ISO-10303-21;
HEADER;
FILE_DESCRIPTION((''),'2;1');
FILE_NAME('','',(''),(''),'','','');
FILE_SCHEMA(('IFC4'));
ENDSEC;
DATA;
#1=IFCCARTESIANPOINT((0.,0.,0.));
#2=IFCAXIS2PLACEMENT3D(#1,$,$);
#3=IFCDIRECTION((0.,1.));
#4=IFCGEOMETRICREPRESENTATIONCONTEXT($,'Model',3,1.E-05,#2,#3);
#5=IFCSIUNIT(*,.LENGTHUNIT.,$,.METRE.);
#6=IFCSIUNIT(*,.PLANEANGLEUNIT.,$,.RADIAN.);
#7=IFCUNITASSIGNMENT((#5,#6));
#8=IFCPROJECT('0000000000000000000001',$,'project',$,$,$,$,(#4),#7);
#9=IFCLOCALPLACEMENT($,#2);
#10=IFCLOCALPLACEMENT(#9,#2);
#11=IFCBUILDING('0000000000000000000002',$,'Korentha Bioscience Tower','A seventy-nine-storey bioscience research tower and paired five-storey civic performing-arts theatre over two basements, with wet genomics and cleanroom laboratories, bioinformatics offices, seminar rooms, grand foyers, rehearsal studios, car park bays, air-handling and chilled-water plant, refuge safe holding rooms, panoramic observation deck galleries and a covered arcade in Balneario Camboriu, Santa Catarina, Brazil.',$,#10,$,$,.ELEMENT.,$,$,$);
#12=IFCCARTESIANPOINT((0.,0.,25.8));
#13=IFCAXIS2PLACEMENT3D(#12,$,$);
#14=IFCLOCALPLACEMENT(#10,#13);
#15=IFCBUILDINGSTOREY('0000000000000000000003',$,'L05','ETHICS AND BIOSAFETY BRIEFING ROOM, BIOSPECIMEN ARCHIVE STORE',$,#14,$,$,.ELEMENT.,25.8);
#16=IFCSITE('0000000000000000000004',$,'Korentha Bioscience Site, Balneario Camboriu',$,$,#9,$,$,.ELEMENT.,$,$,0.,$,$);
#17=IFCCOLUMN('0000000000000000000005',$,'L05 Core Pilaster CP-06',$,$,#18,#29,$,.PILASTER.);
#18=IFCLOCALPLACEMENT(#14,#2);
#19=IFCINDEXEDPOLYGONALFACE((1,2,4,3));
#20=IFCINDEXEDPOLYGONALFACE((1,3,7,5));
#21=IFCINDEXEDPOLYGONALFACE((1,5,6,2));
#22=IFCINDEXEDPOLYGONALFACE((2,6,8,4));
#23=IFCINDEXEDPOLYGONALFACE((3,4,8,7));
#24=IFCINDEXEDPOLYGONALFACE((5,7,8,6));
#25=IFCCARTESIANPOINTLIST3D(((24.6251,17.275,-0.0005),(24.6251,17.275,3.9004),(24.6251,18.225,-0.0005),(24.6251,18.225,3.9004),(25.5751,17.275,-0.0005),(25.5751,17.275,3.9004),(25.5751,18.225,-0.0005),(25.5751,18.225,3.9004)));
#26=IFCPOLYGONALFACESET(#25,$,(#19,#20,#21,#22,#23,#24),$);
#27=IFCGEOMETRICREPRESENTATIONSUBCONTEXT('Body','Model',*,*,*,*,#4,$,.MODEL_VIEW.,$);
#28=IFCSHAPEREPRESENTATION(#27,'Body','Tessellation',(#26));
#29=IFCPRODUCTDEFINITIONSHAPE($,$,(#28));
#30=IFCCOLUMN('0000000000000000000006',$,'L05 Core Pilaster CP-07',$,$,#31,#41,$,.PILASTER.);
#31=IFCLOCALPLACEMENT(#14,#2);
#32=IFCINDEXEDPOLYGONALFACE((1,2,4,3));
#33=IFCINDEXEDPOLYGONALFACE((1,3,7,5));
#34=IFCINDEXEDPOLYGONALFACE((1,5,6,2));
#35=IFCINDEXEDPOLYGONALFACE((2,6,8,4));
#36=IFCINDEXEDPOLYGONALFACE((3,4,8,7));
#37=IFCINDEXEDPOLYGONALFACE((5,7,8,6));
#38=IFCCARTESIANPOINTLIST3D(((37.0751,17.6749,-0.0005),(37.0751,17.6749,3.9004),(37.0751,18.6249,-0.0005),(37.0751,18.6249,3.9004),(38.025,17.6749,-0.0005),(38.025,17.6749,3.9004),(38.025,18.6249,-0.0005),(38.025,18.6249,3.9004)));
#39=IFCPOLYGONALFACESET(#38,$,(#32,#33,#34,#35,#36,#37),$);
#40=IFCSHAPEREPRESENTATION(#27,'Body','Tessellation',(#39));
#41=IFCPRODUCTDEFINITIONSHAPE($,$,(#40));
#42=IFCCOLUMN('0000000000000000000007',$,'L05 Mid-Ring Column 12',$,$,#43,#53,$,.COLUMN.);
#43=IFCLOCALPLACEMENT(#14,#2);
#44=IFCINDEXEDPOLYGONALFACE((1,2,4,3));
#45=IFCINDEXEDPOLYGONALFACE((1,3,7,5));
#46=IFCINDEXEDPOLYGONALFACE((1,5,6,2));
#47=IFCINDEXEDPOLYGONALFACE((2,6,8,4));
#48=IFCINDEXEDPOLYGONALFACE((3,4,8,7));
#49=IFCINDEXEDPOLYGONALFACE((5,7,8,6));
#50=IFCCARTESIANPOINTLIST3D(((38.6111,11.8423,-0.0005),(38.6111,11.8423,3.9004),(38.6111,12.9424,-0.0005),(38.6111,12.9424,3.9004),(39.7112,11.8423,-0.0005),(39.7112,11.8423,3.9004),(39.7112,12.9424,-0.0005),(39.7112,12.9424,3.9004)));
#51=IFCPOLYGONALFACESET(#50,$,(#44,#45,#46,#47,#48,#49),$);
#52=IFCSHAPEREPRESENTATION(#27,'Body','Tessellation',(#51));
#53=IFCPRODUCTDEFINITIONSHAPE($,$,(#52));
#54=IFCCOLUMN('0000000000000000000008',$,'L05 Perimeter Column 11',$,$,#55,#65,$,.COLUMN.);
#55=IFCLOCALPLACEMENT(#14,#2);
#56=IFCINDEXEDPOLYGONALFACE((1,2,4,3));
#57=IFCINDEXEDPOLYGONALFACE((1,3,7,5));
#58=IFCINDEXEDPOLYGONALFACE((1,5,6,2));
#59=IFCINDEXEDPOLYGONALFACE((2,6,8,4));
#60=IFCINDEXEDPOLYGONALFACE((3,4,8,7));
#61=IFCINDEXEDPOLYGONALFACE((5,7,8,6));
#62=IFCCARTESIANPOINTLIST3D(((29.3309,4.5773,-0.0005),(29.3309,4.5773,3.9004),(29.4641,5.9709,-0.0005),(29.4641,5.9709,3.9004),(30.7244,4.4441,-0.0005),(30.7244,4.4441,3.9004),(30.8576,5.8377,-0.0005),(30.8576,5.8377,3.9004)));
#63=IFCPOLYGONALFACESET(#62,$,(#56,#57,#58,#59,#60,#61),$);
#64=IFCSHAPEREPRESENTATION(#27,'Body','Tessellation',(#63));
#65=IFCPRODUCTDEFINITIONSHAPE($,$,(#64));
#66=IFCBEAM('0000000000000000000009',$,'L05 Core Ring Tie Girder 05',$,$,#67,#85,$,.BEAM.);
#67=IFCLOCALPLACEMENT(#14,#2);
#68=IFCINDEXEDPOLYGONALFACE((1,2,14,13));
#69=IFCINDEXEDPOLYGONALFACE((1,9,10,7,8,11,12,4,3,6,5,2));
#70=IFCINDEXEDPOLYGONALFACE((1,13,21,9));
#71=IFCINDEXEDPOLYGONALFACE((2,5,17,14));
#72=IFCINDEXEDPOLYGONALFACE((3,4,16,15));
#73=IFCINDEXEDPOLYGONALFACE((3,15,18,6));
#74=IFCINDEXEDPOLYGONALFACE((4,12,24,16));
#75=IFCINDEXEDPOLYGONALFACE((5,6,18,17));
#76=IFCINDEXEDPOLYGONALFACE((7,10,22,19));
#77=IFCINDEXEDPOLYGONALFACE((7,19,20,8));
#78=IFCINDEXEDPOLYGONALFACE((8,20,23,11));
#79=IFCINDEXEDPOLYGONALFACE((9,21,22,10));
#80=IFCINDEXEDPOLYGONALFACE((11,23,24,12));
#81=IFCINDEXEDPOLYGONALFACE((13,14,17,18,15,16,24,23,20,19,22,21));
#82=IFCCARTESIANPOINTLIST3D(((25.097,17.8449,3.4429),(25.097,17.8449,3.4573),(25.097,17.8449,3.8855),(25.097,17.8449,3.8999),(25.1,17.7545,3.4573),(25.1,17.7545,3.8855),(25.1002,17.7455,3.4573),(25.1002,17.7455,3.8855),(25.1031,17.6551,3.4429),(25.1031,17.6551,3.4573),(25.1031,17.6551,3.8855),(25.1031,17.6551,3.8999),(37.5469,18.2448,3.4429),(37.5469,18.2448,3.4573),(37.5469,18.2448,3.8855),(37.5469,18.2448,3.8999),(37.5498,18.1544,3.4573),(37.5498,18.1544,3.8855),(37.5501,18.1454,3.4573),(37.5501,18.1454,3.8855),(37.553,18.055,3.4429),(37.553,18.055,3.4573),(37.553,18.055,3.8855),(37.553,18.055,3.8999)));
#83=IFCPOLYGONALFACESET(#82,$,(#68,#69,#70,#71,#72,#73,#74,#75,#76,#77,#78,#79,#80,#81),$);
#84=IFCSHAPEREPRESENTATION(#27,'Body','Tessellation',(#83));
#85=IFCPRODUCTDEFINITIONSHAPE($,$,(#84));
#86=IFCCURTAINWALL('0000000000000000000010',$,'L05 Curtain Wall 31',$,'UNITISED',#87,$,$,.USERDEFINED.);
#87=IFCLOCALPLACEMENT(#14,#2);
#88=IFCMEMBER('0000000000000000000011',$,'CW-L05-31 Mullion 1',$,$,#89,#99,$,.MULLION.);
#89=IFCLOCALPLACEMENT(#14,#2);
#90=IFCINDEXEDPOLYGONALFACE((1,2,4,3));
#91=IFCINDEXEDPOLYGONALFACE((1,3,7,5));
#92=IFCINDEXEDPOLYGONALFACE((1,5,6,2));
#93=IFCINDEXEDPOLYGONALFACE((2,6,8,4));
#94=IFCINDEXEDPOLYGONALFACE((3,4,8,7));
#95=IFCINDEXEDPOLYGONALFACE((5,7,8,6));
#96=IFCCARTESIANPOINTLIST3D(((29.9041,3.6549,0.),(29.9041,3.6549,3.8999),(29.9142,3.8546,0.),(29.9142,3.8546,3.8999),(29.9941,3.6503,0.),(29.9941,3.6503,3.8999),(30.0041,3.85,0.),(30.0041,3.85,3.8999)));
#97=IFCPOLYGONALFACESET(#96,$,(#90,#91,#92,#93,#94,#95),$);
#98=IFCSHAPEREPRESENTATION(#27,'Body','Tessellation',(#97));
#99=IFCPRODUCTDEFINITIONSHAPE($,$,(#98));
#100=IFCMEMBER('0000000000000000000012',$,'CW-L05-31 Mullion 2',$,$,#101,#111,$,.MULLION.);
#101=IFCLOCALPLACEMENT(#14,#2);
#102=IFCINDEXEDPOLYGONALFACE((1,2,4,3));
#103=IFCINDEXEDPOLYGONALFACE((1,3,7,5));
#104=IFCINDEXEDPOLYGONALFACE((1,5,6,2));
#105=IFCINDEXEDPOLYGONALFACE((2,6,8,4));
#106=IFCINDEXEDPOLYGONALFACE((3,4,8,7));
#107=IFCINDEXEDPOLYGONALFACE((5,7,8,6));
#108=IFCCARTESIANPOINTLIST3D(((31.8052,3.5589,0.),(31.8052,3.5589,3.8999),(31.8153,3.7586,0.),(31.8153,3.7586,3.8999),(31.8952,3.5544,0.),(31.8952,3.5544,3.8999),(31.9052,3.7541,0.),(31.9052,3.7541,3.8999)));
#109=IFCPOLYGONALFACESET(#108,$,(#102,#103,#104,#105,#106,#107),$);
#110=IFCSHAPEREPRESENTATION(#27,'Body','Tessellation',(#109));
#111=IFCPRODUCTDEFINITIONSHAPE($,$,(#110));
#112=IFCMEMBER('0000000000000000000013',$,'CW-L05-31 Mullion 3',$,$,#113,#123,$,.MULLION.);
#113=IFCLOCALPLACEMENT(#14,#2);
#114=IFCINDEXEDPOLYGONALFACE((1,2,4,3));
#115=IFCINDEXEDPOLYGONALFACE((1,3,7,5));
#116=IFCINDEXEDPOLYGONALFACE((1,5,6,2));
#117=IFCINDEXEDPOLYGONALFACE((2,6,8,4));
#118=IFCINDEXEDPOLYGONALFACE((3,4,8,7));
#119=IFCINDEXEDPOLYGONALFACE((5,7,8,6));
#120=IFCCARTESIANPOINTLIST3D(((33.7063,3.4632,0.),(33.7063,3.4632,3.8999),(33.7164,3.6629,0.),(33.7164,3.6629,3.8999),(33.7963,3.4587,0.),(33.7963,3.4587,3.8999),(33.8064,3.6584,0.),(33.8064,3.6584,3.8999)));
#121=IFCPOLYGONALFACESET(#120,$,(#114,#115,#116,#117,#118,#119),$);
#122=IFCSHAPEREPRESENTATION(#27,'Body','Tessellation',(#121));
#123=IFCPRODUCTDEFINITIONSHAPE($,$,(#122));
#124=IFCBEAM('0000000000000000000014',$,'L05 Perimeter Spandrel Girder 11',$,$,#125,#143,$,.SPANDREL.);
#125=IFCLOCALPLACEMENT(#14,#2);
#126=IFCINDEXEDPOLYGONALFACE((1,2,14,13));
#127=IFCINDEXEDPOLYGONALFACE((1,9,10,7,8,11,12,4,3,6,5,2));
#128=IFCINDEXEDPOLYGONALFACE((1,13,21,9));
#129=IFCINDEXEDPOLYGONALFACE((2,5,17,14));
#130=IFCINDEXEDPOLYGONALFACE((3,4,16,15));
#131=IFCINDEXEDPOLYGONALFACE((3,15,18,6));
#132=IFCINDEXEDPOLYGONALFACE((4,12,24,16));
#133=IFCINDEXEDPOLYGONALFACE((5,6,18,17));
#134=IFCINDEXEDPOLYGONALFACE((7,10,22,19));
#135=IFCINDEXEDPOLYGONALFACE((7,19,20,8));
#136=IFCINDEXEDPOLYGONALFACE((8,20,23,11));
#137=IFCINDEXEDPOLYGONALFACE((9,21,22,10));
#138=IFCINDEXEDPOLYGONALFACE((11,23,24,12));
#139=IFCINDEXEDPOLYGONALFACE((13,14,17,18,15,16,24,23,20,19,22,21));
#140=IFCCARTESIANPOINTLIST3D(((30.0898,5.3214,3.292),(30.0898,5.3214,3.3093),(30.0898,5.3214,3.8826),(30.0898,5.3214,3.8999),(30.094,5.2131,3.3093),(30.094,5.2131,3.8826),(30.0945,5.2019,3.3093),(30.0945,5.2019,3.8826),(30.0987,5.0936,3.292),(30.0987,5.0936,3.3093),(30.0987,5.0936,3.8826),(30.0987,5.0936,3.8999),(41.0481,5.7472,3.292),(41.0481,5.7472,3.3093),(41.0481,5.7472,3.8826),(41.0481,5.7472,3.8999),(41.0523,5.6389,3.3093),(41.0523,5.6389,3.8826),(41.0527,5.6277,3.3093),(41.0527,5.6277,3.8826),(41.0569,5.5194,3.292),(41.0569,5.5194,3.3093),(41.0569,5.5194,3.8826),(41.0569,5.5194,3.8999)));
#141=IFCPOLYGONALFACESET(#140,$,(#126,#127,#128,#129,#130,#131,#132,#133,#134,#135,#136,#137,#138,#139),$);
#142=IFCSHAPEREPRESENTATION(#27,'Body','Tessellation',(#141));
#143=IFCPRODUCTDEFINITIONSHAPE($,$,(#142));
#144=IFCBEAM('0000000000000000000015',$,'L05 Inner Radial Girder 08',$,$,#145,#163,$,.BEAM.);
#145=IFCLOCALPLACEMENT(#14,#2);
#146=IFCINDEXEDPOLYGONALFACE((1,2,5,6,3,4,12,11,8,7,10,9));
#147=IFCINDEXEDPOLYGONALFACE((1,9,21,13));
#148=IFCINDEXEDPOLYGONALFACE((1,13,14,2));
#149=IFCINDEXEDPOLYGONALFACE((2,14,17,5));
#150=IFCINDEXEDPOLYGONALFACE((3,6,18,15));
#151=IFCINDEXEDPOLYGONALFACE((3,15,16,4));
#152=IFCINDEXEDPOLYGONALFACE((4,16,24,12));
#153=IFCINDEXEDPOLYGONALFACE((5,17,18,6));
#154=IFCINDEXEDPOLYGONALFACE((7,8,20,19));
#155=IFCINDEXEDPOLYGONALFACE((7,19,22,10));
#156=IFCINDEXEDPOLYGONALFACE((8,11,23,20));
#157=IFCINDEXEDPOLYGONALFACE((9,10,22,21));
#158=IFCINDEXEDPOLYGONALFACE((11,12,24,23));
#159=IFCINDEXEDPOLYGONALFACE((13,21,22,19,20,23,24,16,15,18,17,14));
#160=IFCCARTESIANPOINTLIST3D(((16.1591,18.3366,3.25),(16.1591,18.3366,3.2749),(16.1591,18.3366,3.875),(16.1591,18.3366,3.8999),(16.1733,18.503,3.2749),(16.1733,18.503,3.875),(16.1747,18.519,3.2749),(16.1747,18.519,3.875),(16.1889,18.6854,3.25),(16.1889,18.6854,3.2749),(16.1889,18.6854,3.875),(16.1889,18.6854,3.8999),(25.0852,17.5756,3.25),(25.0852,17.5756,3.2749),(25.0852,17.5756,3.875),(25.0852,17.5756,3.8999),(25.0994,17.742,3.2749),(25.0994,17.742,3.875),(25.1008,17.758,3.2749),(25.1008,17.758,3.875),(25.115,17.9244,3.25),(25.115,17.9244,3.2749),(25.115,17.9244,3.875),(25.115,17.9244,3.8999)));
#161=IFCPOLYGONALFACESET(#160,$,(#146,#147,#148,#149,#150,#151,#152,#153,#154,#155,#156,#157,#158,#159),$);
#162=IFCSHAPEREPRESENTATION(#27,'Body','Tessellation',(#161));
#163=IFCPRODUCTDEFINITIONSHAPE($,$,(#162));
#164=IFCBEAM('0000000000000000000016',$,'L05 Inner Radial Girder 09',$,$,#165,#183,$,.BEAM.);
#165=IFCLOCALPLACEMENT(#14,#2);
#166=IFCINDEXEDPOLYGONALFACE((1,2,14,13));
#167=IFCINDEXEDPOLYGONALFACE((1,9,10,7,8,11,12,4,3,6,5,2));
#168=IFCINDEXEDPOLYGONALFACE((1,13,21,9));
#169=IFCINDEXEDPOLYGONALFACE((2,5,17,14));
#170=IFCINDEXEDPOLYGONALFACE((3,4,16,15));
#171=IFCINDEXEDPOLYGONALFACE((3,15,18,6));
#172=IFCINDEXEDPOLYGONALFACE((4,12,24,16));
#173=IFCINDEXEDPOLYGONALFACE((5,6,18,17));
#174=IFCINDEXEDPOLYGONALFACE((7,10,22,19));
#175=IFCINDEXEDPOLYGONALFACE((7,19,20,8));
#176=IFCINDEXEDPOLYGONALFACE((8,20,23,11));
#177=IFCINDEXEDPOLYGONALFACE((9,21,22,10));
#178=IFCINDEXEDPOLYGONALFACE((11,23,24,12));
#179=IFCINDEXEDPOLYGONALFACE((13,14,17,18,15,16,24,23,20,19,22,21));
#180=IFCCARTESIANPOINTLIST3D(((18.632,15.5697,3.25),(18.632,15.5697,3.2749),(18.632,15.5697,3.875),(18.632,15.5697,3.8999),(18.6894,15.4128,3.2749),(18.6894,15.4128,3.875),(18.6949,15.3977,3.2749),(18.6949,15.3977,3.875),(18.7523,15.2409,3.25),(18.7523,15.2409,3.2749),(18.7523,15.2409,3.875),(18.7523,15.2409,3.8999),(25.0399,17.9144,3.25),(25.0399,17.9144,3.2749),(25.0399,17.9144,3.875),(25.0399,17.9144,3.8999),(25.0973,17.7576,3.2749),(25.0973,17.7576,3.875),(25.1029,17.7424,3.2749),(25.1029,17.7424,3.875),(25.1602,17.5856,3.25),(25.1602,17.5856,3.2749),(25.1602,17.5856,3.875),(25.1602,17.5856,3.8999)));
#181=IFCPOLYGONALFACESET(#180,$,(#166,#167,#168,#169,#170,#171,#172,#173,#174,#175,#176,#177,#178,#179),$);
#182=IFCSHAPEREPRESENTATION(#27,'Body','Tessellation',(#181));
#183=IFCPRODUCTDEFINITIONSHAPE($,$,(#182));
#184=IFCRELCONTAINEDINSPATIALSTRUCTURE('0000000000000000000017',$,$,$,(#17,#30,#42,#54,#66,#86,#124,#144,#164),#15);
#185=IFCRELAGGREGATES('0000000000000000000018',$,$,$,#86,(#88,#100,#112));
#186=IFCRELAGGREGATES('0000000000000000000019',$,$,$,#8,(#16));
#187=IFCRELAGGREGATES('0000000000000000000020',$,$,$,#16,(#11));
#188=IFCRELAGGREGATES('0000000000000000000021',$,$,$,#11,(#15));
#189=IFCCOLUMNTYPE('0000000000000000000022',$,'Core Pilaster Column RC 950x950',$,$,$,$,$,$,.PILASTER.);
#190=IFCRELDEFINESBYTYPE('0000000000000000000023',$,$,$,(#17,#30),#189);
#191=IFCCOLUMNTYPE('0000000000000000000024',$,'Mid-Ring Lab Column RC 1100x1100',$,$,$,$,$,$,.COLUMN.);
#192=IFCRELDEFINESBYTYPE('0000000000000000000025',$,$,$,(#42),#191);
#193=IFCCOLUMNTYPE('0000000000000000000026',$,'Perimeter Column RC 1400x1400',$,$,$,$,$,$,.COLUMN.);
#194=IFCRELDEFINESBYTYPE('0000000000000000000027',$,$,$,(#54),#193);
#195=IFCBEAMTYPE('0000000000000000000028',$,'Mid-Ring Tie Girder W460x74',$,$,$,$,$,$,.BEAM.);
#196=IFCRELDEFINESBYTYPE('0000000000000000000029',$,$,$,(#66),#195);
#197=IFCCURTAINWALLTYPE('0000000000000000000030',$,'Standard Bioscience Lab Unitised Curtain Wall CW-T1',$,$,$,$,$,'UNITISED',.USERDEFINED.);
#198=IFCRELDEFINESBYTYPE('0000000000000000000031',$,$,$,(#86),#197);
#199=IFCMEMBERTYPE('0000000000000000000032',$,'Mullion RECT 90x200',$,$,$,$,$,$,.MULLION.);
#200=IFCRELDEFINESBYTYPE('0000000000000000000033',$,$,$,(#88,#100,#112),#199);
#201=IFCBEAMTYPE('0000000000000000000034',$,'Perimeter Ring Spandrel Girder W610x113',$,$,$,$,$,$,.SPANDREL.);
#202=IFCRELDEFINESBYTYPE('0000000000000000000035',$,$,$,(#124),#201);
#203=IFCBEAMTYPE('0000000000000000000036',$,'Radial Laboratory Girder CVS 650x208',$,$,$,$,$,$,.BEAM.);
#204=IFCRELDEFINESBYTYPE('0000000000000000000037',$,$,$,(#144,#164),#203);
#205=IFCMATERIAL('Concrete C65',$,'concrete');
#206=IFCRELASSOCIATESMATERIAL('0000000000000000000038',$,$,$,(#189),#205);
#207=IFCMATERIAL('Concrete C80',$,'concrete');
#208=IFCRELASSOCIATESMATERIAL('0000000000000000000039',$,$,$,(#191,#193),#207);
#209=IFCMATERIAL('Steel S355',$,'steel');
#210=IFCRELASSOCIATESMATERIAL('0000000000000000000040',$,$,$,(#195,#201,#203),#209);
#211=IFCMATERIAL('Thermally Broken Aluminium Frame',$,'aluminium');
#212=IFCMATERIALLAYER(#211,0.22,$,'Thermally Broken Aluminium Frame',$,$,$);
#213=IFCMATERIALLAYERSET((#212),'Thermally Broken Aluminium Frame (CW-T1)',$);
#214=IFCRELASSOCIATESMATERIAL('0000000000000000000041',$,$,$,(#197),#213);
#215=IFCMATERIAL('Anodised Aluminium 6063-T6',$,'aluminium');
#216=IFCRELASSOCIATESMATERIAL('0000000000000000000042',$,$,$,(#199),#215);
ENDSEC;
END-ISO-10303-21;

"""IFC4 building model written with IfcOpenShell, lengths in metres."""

from ifc_helpers import new_model, si_unit, direction, frame, origin, origin_2d, place, context, subcontext, project, spatial, rectangle, i_section, extrude, material, layer, layer_set, material_profile, profile_set, type_object, element, aggregate, save


model = new_model("IFC4")

# Units and contexts
model_context = context("Model", 3, precision=1e-05, world=origin(), true_north=direction((0.0, 1.0)))
body_context = subcontext(model_context, "Body", "Model", "MODEL_VIEW")
ifc_project = project(units=[si_unit("LENGTHUNIT", "METRE"), si_unit("PLANEANGLEUNIT", "RADIAN")], contexts=[model_context])

# Site, building, storey
site_placement = place(None, origin())
site = spatial("IfcSite", under=ifc_project, at=site_placement, Name="Korentha Bioscience Site, Balneario Camboriu", CompositionType="ELEMENT", RefElevation=0.0)
building_placement = place(site_placement, origin())
building = spatial("IfcBuilding", under=site, at=building_placement, Name="Korentha Bioscience Tower", Description="A seventy-nine-storey bioscience research tower and paired five-storey civic performing-arts theatre over two basements, with wet genomics and cleanroom laboratories, bioinformatics offices, seminar rooms, grand foyers, rehearsal studios, car park bays, air-handling and chilled-water plant, refuge safe holding rooms, panoramic observation deck galleries and a covered arcade in Balneario Camboriu, Santa Catarina, Brazil.", CompositionType="ELEMENT")
storey_placement = place(building_placement, frame((0.0, 0.0, 25.8)))
storey = spatial("IfcBuildingStorey", under=building, at=storey_placement, Name="L05", Description="ETHICS AND BIOSAFETY BRIEFING ROOM, BIOSPECIMEN ARCHIVE STORE", CompositionType="ELEMENT", Elevation=25.8)

# Columns
ifc_material_1 = material(Name="Concrete C65", Category="concrete")
ifc_material_profile_1 = material_profile(ifc_material_1, rectangle(XDim=0.95, YDim=0.95, at=origin_2d()), Name="Concrete C65")
ifc_profile_set_1 = profile_set([ifc_material_profile_1], Name="Concrete C65 (COL-CP09)")
column_type_1 = type_object("IfcColumnType", Name="Core Pilaster Column RC 950x950", PredefinedType="PILASTER", material=ifc_profile_set_1)
for number, where, z_axis, x_axis, name in (
    (1, (25.1001, 17.75, -0.0005), (0.0, 0.0, 1.0), (1.0, 0.0, 0.0), "L05 Core Pilaster CP-06"),
    (2, (37.55, 18.1499, -0.0005), (0.0, 0.0, 1.0), (1.0, 0.0, 0.0), "L05 Core Pilaster CP-07"),
):
    element("IfcColumn", number, at=place(storey_placement, frame(where, z_axis=z_axis, x_axis=x_axis)), inside=storey, type_object=column_type_1, Name=name, PredefinedType="PILASTER", context=body_context, shape_type="SweptSolid", body=[
        extrude(rectangle(XDim=0.95, YDim=0.95, at=origin_2d()), origin(), (0.0, 0.0, 1.0), 3.9009),
    ])
ifc_material_2 = material(Name="Concrete C80", Category="concrete")
ifc_material_profile_2 = material_profile(ifc_material_2, rectangle(XDim=1.1001, YDim=1.1001, at=origin_2d()), Name="Concrete C80")
ifc_profile_set_2 = profile_set([ifc_material_profile_2], Name="Concrete C80 (COL-MR11)")
column_type_2 = type_object("IfcColumnType", Name="Mid-Ring Lab Column RC 1100x1100", PredefinedType="COLUMN", material=ifc_profile_set_2)
column_1_placement = place(storey_placement, frame((39.1611, 12.3923, -0.0005), z_axis=(0.0, 0.0, 1.0), x_axis=(1.0, 0.0, 0.0)))
element("IfcColumn", 3, at=column_1_placement, inside=storey, type_object=column_type_2, Name="L05 Mid-Ring Column 12", PredefinedType="COLUMN", context=body_context, shape_type="SweptSolid", body=[
    extrude(rectangle(XDim=1.1001, YDim=1.1001, at=origin_2d()), origin(), (0.0, 0.0, 1.0), 3.9009),
])
ifc_material_profile_3 = material_profile(ifc_material_2, rectangle(XDim=1.3999, YDim=1.3999, at=origin_2d()), Name="Concrete C80")
ifc_profile_set_3 = profile_set([ifc_material_profile_3], Name="Concrete C80 (COL-P14)")
column_type_3 = type_object("IfcColumnType", Name="Perimeter Column RC 1400x1400", PredefinedType="COLUMN", material=ifc_profile_set_3)
column_2_placement = place(storey_placement, frame((30.0942, 5.2075, -0.0005), z_axis=(0.0, 0.0, 1.0), x_axis=(-0.995463, 0.095151, 0.0)))
element("IfcColumn", 4, at=column_2_placement, inside=storey, type_object=column_type_3, Name="L05 Perimeter Column 11", PredefinedType="COLUMN", context=body_context, shape_type="SweptSolid", body=[
    extrude(rectangle(XDim=1.3999, YDim=1.3999, at=origin_2d()), origin(), (0.0, 0.0, 1.0), 3.9009),
])

# Beam
ifc_material_3 = material(Name="Steel S355", Category="steel")
ifc_material_profile_4 = material_profile(ifc_material_3, i_section(OverallWidth=0.1899, OverallDepth=0.457, WebThickness=0.009, FlangeThickness=0.0144, at=origin_2d()), Name="Steel S355")
ifc_profile_set_4 = profile_set([ifc_material_profile_4], Name="Steel S355 (MB-460)")
beam_type_1 = type_object("IfcBeamType", Name="Mid-Ring Tie Girder W460x74", PredefinedType="BEAM", material=ifc_profile_set_4)
beam_1_placement = place(storey_placement, frame((25.1001, 17.75, 3.6714), z_axis=(0.999485, 0.032104, 0.0), x_axis=(-0.032104, 0.999485, 0.0)))
element("IfcBeam", 5, at=beam_1_placement, inside=storey, type_object=beam_type_1, Name="L05 Core Ring Tie Girder 05", PredefinedType="BEAM", context=body_context, shape_type="SweptSolid", body=[
    extrude(i_section(OverallWidth=0.1899, OverallDepth=0.457, WebThickness=0.009, FlangeThickness=0.0144, at=origin_2d()), origin(), (0.0, 0.0, 1.0), 12.4563),
])

# Curtain wall, members
ifc_material_4 = material(Name="Thermally Broken Aluminium Frame", Category="aluminium")
ifc_layer_1 = layer(ifc_material_4, 0.22, Name="Thermally Broken Aluminium Frame")
ifc_layer_set_1 = layer_set([ifc_layer_1], Name="Thermally Broken Aluminium Frame (CW-T1)")
curtain_wall_type = type_object("IfcCurtainWallType", Name="Standard Bioscience Lab Unitised Curtain Wall CW-T1", ElementType="UNITISED", PredefinedType="USERDEFINED", material=ifc_layer_set_1)
curtain_wall_placement = place(storey_placement, origin())
curtain_wall = element("IfcCurtainWall", 6, at=curtain_wall_placement, inside=storey, type_object=curtain_wall_type, Name="L05 Curtain Wall 31", ObjectType="UNITISED", PredefinedType="USERDEFINED")
ifc_material_5 = material(Name="Anodised Aluminium 6063-T6", Category="aluminium")
ifc_material_profile_5 = material_profile(ifc_material_5, rectangle(XDim=0.0901, YDim=0.2, at=origin_2d()), Name="Anodised Aluminium 6063-T6")
ifc_profile_set_5 = profile_set([ifc_material_profile_5], Name="Anodised Aluminium 6063-T6 (CW-MUL)")
member_type_1 = type_object("IfcMemberType", Name="Mullion RECT 90x200", PredefinedType="MULLION", material=ifc_profile_set_5)
member_1_placement = place(storey_placement, frame((29.9541, 3.7524, 0.0), z_axis=(0.0, 0.0, 1.0), x_axis=(0.998731, -0.050371, 0.0)))
member_1 = element("IfcMember", 7, at=member_1_placement, type_object=member_type_1, Name="CW-L05-31 Mullion 1", PredefinedType="MULLION", context=body_context, shape_type="SweptSolid", body=[
    extrude(rectangle(XDim=0.0901, YDim=0.2, at=origin_2d()), origin(), (0.0, 0.0, 1.0), 3.8999),
])
member_2_placement = place(storey_placement, frame((31.8552, 3.6565, 0.0), z_axis=(0.0, 0.0, 1.0), x_axis=(0.998731, -0.050371, 0.0)))
member_2 = element("IfcMember", 8, at=member_2_placement, type_object=member_type_1, Name="CW-L05-31 Mullion 2", PredefinedType="MULLION", context=body_context, shape_type="SweptSolid", body=[
    extrude(rectangle(XDim=0.0901, YDim=0.2, at=origin_2d()), origin(), (0.0, 0.0, 1.0), 3.8999),
])
member_3_placement = place(storey_placement, frame((33.7563, 3.5608, 0.0), z_axis=(0.0, 0.0, 1.0), x_axis=(0.998731, -0.050371, 0.0)))
member_3 = element("IfcMember", 9, at=member_3_placement, type_object=member_type_1, Name="CW-L05-31 Mullion 3", PredefinedType="MULLION", context=body_context, shape_type="SweptSolid", body=[
    extrude(rectangle(XDim=0.0901, YDim=0.2, at=origin_2d()), origin(), (0.0, 0.0, 1.0), 3.8999),
])

# Beams
ifc_material_profile_6 = material_profile(ifc_material_3, i_section(OverallWidth=0.228, OverallDepth=0.6079, WebThickness=0.0112, FlangeThickness=0.0173, at=origin_2d()), Name="Steel S355")
ifc_profile_set_6 = profile_set([ifc_material_profile_6], Name="Steel S355 (SB-610)")
beam_type_2 = type_object("IfcBeamType", Name="Perimeter Ring Spandrel Girder W610x113", PredefinedType="SPANDREL", material=ifc_profile_set_6)
beam_2_placement = place(storey_placement, frame((30.0942, 5.2075, 3.5959), z_axis=(0.999246, 0.038826, 0.0), x_axis=(-0.038826, 0.999246, 0.0)))
element("IfcBeam", 10, at=beam_2_placement, inside=storey, type_object=beam_type_2, Name="L05 Perimeter Spandrel Girder 11", PredefinedType="SPANDREL", context=body_context, shape_type="SweptSolid", body=[
    extrude(i_section(OverallWidth=0.228, OverallDepth=0.6079, WebThickness=0.0112, FlangeThickness=0.0173, at=origin_2d()), origin(), (0.0, 0.0, 1.0), 10.9666),
])
ifc_material_profile_7 = material_profile(ifc_material_3, i_section(OverallWidth=0.3501, OverallDepth=0.6499, WebThickness=0.0161, FlangeThickness=0.0249, at=origin_2d()), Name="Steel S355")
ifc_profile_set_7 = profile_set([ifc_material_profile_7], Name="Steel S355 (RB-650)")
beam_type_3 = type_object("IfcBeamType", Name="Radial Laboratory Girder CVS 650x208", PredefinedType="BEAM", material=ifc_profile_set_7)
beam_3_placement = place(storey_placement, frame((25.1001, 17.75, 3.575), z_axis=(-0.996386, 0.084947, 0.0), x_axis=(-0.084947, -0.996386, 0.0)))
element("IfcBeam", 11, at=beam_3_placement, inside=storey, type_object=beam_type_3, Name="L05 Inner Radial Girder 08", PredefinedType="BEAM", context=body_context, shape_type="SweptSolid", body=[
    extrude(i_section(OverallWidth=0.3501, OverallDepth=0.6499, WebThickness=0.0161, FlangeThickness=0.0249, at=origin_2d()), origin(), (0.0, 0.0, 1.0), 8.9585),
])
beam_4_placement = place(storey_placement, frame((25.1001, 17.75, 3.575), z_axis=(-0.939106, -0.343627, 0.0), x_axis=(0.343627, -0.939106, 0.0)))
element("IfcBeam", 12, at=beam_4_placement, inside=storey, type_object=beam_type_3, Name="L05 Inner Radial Girder 09", PredefinedType="BEAM", context=body_context, shape_type="SweptSolid", body=[
    extrude(i_section(OverallWidth=0.3501, OverallDepth=0.6499, WebThickness=0.0161, FlangeThickness=0.0249, at=origin_2d()), origin(), (0.0, 0.0, 1.0), 6.8235),
])

aggregate(curtain_wall, [member_1, member_2, member_3])

save(model, "model.ifc")
